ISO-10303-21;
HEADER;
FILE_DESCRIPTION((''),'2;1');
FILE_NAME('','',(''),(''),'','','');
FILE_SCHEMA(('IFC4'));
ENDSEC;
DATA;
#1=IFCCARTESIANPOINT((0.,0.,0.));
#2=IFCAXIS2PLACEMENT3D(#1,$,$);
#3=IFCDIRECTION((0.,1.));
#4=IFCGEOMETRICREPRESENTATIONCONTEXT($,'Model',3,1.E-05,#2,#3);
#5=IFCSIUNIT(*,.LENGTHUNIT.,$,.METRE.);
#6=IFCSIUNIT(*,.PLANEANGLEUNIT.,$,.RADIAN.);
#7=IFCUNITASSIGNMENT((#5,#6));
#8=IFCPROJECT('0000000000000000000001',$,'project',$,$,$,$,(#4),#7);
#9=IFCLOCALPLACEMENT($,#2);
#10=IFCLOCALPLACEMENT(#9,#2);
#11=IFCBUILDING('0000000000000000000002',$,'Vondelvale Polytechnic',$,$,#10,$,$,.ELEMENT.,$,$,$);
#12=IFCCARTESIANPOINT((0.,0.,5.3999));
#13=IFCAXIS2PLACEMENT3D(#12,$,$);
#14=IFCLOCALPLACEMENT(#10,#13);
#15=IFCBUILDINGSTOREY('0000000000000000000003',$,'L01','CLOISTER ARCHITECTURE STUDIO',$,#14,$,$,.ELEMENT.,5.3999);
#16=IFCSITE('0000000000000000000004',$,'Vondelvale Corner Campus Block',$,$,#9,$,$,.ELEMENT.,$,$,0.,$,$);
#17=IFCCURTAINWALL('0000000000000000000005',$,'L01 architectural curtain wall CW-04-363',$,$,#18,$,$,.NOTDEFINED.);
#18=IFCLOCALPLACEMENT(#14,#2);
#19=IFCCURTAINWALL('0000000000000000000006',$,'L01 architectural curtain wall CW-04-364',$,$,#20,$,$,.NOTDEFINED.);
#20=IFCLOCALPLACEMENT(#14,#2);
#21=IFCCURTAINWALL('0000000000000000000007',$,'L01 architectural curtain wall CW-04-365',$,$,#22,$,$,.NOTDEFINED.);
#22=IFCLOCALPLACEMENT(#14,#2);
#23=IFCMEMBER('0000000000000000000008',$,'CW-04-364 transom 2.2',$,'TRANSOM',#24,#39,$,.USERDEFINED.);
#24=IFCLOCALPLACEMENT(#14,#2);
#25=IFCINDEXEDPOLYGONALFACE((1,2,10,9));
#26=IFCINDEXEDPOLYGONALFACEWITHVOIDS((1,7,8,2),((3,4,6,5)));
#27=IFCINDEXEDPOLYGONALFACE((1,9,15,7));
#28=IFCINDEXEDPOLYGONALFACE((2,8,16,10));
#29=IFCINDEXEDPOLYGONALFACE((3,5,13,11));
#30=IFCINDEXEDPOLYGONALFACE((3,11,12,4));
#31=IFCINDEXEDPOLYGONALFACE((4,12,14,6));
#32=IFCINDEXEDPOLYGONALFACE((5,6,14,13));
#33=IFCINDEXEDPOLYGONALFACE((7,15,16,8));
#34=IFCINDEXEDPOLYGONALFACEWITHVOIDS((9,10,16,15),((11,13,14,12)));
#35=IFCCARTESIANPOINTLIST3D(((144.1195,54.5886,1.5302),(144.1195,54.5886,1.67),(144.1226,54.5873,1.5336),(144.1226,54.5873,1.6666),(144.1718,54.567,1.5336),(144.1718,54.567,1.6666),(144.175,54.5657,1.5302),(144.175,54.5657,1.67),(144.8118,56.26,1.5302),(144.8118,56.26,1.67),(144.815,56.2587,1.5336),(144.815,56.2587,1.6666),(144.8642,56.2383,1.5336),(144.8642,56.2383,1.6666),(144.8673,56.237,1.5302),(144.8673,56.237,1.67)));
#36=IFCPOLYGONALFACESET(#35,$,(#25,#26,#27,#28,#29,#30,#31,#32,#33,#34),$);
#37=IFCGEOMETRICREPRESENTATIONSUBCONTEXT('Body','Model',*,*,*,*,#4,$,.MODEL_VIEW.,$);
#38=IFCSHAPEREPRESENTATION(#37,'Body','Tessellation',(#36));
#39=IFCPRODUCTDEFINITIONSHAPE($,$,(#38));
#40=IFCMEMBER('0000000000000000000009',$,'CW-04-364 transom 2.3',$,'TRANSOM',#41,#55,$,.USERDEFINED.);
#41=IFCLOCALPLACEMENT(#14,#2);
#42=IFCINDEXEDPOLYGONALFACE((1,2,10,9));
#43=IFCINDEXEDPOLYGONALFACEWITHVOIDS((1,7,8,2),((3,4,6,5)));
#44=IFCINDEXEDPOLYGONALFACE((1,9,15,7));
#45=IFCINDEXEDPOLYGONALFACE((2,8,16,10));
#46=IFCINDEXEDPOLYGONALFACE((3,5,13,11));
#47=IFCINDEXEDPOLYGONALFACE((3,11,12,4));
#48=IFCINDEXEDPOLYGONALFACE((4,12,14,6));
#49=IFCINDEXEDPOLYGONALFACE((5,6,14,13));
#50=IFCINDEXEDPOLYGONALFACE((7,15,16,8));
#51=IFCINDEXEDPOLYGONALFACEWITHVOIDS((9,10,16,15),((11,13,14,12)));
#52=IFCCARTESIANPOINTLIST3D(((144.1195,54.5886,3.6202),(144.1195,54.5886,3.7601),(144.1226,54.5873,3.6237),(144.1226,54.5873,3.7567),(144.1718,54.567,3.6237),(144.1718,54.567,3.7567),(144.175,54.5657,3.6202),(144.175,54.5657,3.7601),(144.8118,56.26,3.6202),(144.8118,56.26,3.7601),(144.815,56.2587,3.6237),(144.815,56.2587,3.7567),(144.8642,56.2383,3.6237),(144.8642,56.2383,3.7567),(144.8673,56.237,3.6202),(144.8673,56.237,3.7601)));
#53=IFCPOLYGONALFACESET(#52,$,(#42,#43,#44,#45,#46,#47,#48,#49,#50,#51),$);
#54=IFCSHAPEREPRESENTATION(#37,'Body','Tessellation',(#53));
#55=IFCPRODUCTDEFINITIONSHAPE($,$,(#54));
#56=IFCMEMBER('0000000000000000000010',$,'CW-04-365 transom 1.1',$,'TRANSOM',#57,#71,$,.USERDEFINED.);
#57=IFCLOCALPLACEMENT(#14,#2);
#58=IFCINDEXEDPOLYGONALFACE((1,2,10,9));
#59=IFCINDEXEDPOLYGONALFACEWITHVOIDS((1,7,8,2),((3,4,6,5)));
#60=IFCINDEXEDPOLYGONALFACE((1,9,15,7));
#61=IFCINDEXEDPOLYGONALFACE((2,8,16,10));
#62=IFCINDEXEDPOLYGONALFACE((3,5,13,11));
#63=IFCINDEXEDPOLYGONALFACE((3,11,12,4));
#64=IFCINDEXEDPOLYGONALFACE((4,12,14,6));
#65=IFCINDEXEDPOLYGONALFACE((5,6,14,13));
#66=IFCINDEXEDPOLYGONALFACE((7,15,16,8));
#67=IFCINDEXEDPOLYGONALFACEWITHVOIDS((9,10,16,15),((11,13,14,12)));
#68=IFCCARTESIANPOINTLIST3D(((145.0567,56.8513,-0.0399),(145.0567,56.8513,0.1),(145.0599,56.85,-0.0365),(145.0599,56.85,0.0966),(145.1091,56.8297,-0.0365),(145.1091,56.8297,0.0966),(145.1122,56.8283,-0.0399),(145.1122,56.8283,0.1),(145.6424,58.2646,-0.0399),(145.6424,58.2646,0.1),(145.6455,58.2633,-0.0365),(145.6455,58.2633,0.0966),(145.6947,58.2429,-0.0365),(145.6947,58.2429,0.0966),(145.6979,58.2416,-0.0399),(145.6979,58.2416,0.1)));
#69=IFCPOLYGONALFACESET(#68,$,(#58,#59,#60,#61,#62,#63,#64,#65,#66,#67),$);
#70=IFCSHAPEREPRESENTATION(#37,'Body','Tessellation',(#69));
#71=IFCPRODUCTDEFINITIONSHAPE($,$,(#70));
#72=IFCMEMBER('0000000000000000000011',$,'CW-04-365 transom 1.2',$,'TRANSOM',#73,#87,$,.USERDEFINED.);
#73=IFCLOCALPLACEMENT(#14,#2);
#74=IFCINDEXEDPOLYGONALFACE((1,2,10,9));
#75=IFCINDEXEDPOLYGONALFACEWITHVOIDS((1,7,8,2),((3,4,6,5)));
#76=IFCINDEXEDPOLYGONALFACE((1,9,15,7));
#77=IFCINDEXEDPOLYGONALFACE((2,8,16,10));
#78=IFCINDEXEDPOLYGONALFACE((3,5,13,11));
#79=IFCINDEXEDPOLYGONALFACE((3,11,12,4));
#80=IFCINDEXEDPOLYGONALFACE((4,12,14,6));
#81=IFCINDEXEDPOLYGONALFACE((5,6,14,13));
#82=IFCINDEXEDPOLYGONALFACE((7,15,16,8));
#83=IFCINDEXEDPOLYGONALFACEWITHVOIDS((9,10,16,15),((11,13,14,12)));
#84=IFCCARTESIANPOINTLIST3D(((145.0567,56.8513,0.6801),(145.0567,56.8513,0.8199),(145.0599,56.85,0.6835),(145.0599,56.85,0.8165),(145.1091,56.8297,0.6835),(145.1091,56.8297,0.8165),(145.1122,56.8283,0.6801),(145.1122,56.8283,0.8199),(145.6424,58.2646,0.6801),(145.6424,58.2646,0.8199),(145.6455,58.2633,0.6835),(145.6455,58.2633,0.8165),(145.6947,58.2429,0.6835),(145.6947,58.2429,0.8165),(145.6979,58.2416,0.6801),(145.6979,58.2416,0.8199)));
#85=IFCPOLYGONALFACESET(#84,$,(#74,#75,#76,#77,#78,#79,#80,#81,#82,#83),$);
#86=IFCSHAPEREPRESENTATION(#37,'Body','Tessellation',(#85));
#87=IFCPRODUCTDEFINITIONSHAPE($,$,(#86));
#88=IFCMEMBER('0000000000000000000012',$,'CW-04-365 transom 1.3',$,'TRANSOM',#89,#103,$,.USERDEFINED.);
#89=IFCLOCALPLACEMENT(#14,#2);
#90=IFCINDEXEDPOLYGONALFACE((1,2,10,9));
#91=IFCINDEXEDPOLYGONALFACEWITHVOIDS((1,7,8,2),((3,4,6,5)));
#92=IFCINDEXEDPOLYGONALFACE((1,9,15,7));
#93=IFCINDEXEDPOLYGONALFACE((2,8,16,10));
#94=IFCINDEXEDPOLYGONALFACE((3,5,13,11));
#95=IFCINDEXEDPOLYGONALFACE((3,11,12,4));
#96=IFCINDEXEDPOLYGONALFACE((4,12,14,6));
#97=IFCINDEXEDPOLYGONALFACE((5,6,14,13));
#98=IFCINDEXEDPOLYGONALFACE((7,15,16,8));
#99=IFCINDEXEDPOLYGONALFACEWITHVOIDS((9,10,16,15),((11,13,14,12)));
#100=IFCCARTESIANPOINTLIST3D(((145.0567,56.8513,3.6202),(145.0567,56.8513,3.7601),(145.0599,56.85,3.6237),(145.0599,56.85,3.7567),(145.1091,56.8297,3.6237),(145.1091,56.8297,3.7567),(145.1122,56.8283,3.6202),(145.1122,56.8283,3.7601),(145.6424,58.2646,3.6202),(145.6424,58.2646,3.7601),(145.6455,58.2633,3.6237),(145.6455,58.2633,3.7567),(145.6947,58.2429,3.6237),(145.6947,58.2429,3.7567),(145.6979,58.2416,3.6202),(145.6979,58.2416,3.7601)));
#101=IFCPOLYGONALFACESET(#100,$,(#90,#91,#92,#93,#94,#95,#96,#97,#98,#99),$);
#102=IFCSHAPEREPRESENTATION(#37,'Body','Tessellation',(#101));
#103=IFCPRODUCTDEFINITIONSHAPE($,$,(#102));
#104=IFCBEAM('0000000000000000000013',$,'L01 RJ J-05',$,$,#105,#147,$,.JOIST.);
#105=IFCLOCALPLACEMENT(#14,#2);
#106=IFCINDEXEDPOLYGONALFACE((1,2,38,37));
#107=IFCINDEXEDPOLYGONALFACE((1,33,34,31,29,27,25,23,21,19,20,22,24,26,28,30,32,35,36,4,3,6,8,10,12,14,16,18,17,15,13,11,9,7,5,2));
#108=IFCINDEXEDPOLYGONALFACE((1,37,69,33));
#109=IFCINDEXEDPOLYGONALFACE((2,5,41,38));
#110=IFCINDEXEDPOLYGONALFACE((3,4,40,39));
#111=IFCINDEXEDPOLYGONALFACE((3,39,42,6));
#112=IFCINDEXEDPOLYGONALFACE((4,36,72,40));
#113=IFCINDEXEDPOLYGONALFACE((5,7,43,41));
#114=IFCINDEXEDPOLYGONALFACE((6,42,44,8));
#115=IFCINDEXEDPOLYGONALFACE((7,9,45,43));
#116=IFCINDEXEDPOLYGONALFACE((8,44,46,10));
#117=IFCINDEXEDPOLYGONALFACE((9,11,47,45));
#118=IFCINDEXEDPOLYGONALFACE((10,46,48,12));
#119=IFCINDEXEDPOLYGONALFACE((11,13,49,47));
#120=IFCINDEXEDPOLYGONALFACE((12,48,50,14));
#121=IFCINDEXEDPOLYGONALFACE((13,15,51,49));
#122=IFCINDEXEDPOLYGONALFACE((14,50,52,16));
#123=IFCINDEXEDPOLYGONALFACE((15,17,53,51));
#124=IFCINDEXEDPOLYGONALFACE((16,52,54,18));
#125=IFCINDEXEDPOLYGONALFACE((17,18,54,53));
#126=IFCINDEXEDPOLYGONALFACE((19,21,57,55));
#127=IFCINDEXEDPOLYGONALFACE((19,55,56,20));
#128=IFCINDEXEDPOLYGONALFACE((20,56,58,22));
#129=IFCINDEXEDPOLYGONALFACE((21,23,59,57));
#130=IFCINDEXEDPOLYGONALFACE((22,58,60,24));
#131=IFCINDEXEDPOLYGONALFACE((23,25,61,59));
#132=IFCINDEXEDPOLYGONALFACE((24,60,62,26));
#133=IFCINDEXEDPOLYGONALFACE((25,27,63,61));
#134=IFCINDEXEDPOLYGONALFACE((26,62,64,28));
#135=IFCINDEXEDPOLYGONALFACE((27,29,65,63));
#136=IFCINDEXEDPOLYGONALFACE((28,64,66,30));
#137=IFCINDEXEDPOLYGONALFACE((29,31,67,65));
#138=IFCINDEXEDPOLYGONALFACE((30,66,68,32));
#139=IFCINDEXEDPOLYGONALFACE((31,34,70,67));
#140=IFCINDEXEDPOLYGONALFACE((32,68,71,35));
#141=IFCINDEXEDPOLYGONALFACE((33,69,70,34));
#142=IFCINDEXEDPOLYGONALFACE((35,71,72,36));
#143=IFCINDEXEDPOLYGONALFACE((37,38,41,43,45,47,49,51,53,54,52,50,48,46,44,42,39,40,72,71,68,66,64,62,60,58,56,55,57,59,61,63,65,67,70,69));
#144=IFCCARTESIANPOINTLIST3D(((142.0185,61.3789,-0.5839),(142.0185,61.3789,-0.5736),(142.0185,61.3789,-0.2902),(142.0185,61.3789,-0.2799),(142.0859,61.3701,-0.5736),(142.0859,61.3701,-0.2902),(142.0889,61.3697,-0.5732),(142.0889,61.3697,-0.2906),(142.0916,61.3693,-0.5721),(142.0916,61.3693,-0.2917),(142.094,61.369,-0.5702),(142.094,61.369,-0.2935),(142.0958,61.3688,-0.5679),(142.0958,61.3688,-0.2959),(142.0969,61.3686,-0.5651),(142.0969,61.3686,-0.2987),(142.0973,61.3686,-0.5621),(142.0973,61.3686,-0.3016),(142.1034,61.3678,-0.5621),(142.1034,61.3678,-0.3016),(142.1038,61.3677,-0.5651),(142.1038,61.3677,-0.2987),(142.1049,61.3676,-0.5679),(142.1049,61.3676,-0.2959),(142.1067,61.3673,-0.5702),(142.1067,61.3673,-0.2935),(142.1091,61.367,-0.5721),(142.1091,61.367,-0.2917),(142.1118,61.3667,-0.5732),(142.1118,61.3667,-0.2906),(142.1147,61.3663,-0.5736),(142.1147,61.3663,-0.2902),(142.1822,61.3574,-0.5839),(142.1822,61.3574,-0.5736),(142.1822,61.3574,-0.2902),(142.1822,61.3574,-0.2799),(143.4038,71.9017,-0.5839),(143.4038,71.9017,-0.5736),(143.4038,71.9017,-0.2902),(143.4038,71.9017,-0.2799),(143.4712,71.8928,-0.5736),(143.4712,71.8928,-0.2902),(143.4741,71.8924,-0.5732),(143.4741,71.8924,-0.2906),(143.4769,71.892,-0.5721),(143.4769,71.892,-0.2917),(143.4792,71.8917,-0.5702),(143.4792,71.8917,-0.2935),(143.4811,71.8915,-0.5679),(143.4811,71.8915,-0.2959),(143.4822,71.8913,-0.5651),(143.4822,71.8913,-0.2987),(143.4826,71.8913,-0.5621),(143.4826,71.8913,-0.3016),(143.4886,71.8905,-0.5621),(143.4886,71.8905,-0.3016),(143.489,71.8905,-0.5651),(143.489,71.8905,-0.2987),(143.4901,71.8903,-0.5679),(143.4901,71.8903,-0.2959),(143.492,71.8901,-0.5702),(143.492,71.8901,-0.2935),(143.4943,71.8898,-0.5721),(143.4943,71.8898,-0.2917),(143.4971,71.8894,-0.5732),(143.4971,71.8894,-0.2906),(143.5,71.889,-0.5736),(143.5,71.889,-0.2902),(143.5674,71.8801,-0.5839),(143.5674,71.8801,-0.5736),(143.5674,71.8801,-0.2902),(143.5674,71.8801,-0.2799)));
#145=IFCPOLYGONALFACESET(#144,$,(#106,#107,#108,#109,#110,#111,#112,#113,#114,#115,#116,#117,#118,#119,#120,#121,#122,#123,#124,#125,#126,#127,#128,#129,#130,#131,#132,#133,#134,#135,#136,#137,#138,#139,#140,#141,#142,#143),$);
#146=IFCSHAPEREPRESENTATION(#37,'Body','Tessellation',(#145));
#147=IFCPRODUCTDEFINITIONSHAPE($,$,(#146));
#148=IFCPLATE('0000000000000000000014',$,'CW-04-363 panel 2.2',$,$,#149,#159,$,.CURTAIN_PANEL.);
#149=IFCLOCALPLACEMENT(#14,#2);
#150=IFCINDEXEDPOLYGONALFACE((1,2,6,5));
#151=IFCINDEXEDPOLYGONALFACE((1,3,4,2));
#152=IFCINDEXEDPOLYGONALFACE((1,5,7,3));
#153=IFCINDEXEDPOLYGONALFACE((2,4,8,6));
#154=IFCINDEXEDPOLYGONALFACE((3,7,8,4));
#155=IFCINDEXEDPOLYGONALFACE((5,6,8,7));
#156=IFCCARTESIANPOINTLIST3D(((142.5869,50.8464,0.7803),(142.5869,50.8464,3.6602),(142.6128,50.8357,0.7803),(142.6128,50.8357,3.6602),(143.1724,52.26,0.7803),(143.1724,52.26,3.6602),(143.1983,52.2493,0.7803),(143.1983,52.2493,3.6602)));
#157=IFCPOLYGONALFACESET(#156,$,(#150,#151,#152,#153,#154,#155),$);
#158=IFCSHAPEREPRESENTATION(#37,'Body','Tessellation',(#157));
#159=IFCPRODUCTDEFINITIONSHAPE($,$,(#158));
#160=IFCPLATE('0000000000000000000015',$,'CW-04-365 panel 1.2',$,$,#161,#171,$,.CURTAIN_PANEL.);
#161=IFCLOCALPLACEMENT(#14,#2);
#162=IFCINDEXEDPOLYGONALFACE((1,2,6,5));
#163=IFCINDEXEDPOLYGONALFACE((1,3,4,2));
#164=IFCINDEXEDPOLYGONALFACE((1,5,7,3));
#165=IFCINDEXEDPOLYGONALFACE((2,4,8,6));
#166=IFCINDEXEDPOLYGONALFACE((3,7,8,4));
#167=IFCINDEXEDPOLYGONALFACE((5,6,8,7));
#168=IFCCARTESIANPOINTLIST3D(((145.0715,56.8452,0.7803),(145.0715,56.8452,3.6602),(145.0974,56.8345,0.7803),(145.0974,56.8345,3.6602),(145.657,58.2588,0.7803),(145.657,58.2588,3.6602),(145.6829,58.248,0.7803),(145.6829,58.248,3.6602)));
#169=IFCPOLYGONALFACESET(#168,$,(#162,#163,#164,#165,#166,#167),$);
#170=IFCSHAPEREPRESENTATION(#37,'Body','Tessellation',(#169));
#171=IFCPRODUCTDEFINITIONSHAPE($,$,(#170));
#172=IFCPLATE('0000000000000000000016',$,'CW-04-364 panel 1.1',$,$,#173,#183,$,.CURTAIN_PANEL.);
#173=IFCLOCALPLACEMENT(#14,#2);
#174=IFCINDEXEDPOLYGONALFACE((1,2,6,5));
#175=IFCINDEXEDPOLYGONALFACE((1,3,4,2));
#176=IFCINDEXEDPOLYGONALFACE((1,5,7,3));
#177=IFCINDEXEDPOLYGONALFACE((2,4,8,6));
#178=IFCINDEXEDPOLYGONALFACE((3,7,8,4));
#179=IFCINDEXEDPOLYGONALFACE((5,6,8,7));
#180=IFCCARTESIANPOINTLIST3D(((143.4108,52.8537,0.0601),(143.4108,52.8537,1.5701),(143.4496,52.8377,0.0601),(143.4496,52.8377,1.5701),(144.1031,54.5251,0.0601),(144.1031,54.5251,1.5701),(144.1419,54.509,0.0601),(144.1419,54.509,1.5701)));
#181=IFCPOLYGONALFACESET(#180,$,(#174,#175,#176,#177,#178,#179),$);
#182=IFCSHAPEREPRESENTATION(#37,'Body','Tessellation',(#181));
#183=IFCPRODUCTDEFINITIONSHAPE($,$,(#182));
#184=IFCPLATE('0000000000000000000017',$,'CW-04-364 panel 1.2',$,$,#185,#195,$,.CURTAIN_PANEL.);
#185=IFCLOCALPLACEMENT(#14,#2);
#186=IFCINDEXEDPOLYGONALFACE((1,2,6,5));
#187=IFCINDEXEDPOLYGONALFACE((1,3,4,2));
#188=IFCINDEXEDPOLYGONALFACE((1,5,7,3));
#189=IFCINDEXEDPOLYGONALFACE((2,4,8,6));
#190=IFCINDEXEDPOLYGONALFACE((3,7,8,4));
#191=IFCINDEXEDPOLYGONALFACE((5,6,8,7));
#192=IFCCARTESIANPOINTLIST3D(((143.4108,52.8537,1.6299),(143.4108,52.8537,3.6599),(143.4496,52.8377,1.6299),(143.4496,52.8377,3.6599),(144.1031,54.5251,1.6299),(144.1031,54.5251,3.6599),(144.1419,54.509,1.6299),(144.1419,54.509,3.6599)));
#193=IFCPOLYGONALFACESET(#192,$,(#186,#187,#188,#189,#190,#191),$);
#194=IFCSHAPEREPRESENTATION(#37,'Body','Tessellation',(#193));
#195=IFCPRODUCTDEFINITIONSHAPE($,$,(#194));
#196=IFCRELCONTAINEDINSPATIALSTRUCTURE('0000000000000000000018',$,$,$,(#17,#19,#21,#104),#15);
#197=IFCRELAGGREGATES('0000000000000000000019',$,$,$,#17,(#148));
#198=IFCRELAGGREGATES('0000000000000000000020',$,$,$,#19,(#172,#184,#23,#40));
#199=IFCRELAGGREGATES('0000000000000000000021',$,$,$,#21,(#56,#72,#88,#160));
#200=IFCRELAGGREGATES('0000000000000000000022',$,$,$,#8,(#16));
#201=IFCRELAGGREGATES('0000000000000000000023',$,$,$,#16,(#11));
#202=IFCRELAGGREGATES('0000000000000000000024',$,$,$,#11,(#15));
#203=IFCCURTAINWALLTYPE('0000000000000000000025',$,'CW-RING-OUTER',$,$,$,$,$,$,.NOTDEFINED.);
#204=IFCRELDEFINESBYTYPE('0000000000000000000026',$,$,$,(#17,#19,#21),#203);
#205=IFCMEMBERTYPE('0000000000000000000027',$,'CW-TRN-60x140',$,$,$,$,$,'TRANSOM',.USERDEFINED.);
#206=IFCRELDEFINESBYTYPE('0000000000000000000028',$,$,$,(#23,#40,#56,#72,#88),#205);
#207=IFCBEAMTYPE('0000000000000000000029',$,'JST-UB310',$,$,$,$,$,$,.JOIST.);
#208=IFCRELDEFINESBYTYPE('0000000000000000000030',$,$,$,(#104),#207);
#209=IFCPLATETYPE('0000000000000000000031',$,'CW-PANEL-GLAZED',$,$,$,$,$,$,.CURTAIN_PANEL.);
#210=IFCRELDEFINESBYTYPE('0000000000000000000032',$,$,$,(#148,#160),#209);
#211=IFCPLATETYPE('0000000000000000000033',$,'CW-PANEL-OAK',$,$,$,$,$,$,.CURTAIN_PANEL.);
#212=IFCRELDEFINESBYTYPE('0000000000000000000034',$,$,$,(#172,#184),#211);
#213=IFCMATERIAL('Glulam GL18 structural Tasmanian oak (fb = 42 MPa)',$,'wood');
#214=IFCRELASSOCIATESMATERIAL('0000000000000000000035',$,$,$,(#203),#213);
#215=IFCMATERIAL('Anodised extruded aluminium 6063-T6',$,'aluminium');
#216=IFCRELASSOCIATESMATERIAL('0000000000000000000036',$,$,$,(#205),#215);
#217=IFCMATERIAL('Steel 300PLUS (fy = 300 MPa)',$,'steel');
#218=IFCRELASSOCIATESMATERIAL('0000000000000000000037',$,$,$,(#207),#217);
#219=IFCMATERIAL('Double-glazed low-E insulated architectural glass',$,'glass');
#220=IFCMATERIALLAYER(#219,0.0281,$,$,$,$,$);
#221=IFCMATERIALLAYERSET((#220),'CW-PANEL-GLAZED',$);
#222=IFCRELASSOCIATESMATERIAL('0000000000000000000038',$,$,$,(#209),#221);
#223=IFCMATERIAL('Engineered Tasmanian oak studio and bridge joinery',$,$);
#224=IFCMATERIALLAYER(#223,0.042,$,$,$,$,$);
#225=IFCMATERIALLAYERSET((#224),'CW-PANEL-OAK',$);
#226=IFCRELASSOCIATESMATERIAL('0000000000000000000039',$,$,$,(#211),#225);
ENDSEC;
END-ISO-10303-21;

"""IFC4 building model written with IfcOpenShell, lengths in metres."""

from ifc_helpers import new_model, si_unit, direction, frame, origin, origin_2d, place, context, subcontext, project, spatial, rectangle, hollow_rectangle, i_section, extrude, material, layer, layer_set, material_profile, profile_set, type_object, element, aggregate, save


model = new_model("IFC4")

# Units and contexts
model_context = context("Model", 3, precision=1e-05, world=origin(), true_north=direction((0.0, 1.0)))
body_context = subcontext(model_context, "Body", "Model", "MODEL_VIEW")
ifc_project = project(units=[si_unit("LENGTHUNIT", "METRE"), si_unit("PLANEANGLEUNIT", "RADIAN")], contexts=[model_context])

# Site, building, storey
site_placement = place(None, origin())
site = spatial("IfcSite", under=ifc_project, at=site_placement, Name="Vondelvale Corner Campus Block", CompositionType="ELEMENT", RefElevation=0.0)
building_placement = place(site_placement, origin())
building = spatial("IfcBuilding", under=site, at=building_placement, Name="Vondelvale Polytechnic", CompositionType="ELEMENT")
storey_placement = place(building_placement, frame((0.0, 0.0, 5.3999)))
storey = spatial("IfcBuildingStorey", under=building, at=storey_placement, Name="L01", Description="CLOISTER ARCHITECTURE STUDIO", CompositionType="ELEMENT", Elevation=5.3999)

# Shared definitions
ifc_material_1 = material(Name="Glulam GL18 structural Tasmanian oak (fb = 42 MPa)", Category="wood")

# Curtain wall
curtain_wall_type = type_object("IfcCurtainWallType", Name="CW-RING-OUTER", PredefinedType="NOTDEFINED", material=ifc_material_1)
curtain_wall_1_placement = place(storey_placement, origin())
curtain_wall_1 = element("IfcCurtainWall", 1, at=curtain_wall_1_placement, inside=storey, type_object=curtain_wall_type, Name="L01 architectural curtain wall CW-04-363", PredefinedType="NOTDEFINED")
ifc_material_2 = material(Name="Anodised extruded aluminium 6063-T6", Category="aluminium")

# Curtain wall
curtain_wall_2_placement = place(storey_placement, origin())
curtain_wall_2 = element("IfcCurtainWall", 2, at=curtain_wall_2_placement, inside=storey, type_object=curtain_wall_type, Name="L01 architectural curtain wall CW-04-364", PredefinedType="NOTDEFINED")

# Curtain wall
curtain_wall_3_placement = place(storey_placement, origin())
curtain_wall_3 = element("IfcCurtainWall", 3, at=curtain_wall_3_placement, inside=storey, type_object=curtain_wall_type, Name="L01 architectural curtain wall CW-04-365", PredefinedType="NOTDEFINED")

# Members
ifc_material_profile_1 = material_profile(ifc_material_2, hollow_rectangle(XDim=0.0601, YDim=0.1399, WallThickness=0.0034, at=origin_2d()), Name="CW-TRN-140x60")
ifc_profile_set_1 = profile_set([ifc_material_profile_1], Name="Anodised extruded aluminium 6063-T6")
member_type_1 = type_object("IfcMemberType", Name="CW-TRN-60x140", ElementType="TRANSOM", PredefinedType="USERDEFINED", material=ifc_profile_set_1)
member_1_placement = place(storey_placement, frame((144.1472, 54.5771, 1.6001), z_axis=(0.382717, 0.923866, 0.0), x_axis=(-0.923866, 0.382717, 0.0)))
member_1 = element("IfcMember", 4, at=member_1_placement, type_object=member_type_1, Name="CW-04-364 transom 2.2", ObjectType="TRANSOM", PredefinedType="USERDEFINED", context=body_context, shape_type="SweptSolid", body=[
    extrude(hollow_rectangle(XDim=0.0601, YDim=0.1399, WallThickness=0.0034, at=origin_2d()), origin(), (0.0, 0.0, 1.0), 1.8091),
])
member_2_placement = place(storey_placement, frame((144.1472, 54.5771, 3.6902), z_axis=(0.382717, 0.923866, 0.0), x_axis=(-0.923866, 0.382717, 0.0)))
member_2 = element("IfcMember", 5, at=member_2_placement, type_object=member_type_1, Name="CW-04-364 transom 2.3", ObjectType="TRANSOM", PredefinedType="USERDEFINED", context=body_context, shape_type="SweptSolid", body=[
    extrude(hollow_rectangle(XDim=0.0601, YDim=0.1399, WallThickness=0.0034, at=origin_2d()), origin(), (0.0, 0.0, 1.0), 1.8091),
])
member_3_placement = place(storey_placement, frame((145.0845, 56.8398, 0.03), z_axis=(0.382836, 0.923816, 0.0), x_axis=(-0.923816, 0.382836, 0.0)))
member_3 = element("IfcMember", 6, at=member_3_placement, type_object=member_type_1, Name="CW-04-365 transom 1.1", ObjectType="TRANSOM", PredefinedType="USERDEFINED", context=body_context, shape_type="SweptSolid", body=[
    extrude(hollow_rectangle(XDim=0.0601, YDim=0.1399, WallThickness=0.0034, at=origin_2d()), origin(), (0.0, 0.0, 1.0), 1.5298),
])
member_4_placement = place(storey_placement, frame((145.0845, 56.8398, 0.75), z_axis=(0.382836, 0.923816, 0.0), x_axis=(-0.923816, 0.382836, 0.0)))
member_4 = element("IfcMember", 7, at=member_4_placement, type_object=member_type_1, Name="CW-04-365 transom 1.2", ObjectType="TRANSOM", PredefinedType="USERDEFINED", context=body_context, shape_type="SweptSolid", body=[
    extrude(hollow_rectangle(XDim=0.0601, YDim=0.1399, WallThickness=0.0034, at=origin_2d()), origin(), (0.0, 0.0, 1.0), 1.5298),
])
member_5_placement = place(storey_placement, frame((145.0845, 56.8398, 3.6902), z_axis=(0.382836, 0.923816, 0.0), x_axis=(-0.923816, 0.382836, 0.0)))
member_5 = element("IfcMember", 8, at=member_5_placement, type_object=member_type_1, Name="CW-04-365 transom 1.3", ObjectType="TRANSOM", PredefinedType="USERDEFINED", context=body_context, shape_type="SweptSolid", body=[
    extrude(hollow_rectangle(XDim=0.0601, YDim=0.1399, WallThickness=0.0034, at=origin_2d()), origin(), (0.0, 0.0, 1.0), 1.5298),
])

# Beam
ifc_material_3 = material(Name="Steel 300PLUS (fy = 300 MPa)", Category="steel")
ifc_material_profile_2 = material_profile(ifc_material_3, i_section(OverallWidth=0.165, OverallDepth=0.304, WebThickness=0.0061, FlangeThickness=0.0103, FilletRadius=0.0115, at=origin_2d()), Name="310UB40.4")
ifc_profile_set_2 = profile_set([ifc_material_profile_2], Name="Steel 300PLUS (fy = 300 MPa)")
beam_type = type_object("IfcBeamType", Name="JST-UB310", PredefinedType="JOIST", material=ifc_profile_set_2)
beam_placement = place(storey_placement, frame((142.1003, 61.3682, -0.4319), z_axis=(0.130518, 0.991446, 0.0), x_axis=(-0.991446, 0.130518, 0.0)))
element("IfcBeam", 9, at=beam_placement, inside=storey, type_object=beam_type, Name="L01 RJ J-05", PredefinedType="JOIST", context=body_context, shape_type="SweptSolid", body=[
    extrude(i_section(OverallWidth=0.165, OverallDepth=0.304, WebThickness=0.0061, FlangeThickness=0.0103, FilletRadius=0.0115, at=origin_2d()), origin(), (0.0, 0.0, 1.0), 10.6135),
])

# Plates
ifc_material_4 = material(Name="Double-glazed low-E insulated architectural glass", Category="glass")
ifc_layer_1 = layer(ifc_material_4, 0.0281)
ifc_layer_set_1 = layer_set([ifc_layer_1], Name="CW-PANEL-GLAZED")
plate_type_1 = type_object("IfcPlateType", Name="CW-PANEL-GLAZED", PredefinedType="CURTAIN_PANEL", material=ifc_layer_set_1)
plate_1_placement = place(storey_placement, frame((142.8926, 51.5479, 0.7803), z_axis=(0.0, 0.0, 1.0), x_axis=(0.382677, 0.923882, 0.0)))
plate_1 = element("IfcPlate", 10, at=plate_1_placement, type_object=plate_type_1, Name="CW-04-363 panel 2.2", PredefinedType="CURTAIN_PANEL", context=body_context, shape_type="SweptSolid", body=[
    extrude(rectangle(XDim=1.53, YDim=0.0281, at=origin_2d()), origin(), (0.0, 0.0, 1.0), 2.8799),
])
aggregate(curtain_wall_1, [plate_1])
plate_2_placement = place(storey_placement, frame((145.3772, 57.5466, 0.7803), z_axis=(0.0, 0.0, 1.0), x_axis=(0.382677, 0.923882, 0.0)))
plate_2 = element("IfcPlate", 11, at=plate_2_placement, type_object=plate_type_1, Name="CW-04-365 panel 1.2", PredefinedType="CURTAIN_PANEL", context=body_context, shape_type="SweptSolid", body=[
    extrude(rectangle(XDim=1.53, YDim=0.0281, at=origin_2d()), origin(), (0.0, 0.0, 1.0), 2.8799),
])
ifc_material_5 = material(Name="Engineered Tasmanian oak studio and bridge joinery")
ifc_layer_2 = layer(ifc_material_5, 0.042)
ifc_layer_set_2 = layer_set([ifc_layer_2], Name="CW-PANEL-OAK")
plate_type_2 = type_object("IfcPlateType", Name="CW-PANEL-OAK", PredefinedType="CURTAIN_PANEL", material=ifc_layer_set_2)
plate_3_placement = place(storey_placement, frame((143.7764, 53.6814, 0.0601), z_axis=(0.0, 0.0, 1.0), x_axis=(0.382695, 0.923875, 0.0)))
plate_3 = element("IfcPlate", 12, at=plate_3_placement, type_object=plate_type_2, Name="CW-04-364 panel 1.1", PredefinedType="CURTAIN_PANEL", context=body_context, shape_type="SweptSolid", body=[
    extrude(rectangle(XDim=1.8091, YDim=0.042, at=origin_2d()), origin(), (0.0, 0.0, 1.0), 1.51),
])
plate_4_placement = place(storey_placement, frame((143.7764, 53.6814, 1.6299), z_axis=(0.0, 0.0, 1.0), x_axis=(0.382695, 0.923875, 0.0)))
plate_4 = element("IfcPlate", 13, at=plate_4_placement, type_object=plate_type_2, Name="CW-04-364 panel 1.2", PredefinedType="CURTAIN_PANEL", context=body_context, shape_type="SweptSolid", body=[
    extrude(rectangle(XDim=1.8091, YDim=0.042, at=origin_2d()), origin(), (0.0, 0.0, 1.0), 2.03),
])
aggregate(curtain_wall_2, [plate_3, plate_4, member_1, member_2])
aggregate(curtain_wall_3, [member_3, member_4, member_5, plate_2])

save(model, "model.ifc")
